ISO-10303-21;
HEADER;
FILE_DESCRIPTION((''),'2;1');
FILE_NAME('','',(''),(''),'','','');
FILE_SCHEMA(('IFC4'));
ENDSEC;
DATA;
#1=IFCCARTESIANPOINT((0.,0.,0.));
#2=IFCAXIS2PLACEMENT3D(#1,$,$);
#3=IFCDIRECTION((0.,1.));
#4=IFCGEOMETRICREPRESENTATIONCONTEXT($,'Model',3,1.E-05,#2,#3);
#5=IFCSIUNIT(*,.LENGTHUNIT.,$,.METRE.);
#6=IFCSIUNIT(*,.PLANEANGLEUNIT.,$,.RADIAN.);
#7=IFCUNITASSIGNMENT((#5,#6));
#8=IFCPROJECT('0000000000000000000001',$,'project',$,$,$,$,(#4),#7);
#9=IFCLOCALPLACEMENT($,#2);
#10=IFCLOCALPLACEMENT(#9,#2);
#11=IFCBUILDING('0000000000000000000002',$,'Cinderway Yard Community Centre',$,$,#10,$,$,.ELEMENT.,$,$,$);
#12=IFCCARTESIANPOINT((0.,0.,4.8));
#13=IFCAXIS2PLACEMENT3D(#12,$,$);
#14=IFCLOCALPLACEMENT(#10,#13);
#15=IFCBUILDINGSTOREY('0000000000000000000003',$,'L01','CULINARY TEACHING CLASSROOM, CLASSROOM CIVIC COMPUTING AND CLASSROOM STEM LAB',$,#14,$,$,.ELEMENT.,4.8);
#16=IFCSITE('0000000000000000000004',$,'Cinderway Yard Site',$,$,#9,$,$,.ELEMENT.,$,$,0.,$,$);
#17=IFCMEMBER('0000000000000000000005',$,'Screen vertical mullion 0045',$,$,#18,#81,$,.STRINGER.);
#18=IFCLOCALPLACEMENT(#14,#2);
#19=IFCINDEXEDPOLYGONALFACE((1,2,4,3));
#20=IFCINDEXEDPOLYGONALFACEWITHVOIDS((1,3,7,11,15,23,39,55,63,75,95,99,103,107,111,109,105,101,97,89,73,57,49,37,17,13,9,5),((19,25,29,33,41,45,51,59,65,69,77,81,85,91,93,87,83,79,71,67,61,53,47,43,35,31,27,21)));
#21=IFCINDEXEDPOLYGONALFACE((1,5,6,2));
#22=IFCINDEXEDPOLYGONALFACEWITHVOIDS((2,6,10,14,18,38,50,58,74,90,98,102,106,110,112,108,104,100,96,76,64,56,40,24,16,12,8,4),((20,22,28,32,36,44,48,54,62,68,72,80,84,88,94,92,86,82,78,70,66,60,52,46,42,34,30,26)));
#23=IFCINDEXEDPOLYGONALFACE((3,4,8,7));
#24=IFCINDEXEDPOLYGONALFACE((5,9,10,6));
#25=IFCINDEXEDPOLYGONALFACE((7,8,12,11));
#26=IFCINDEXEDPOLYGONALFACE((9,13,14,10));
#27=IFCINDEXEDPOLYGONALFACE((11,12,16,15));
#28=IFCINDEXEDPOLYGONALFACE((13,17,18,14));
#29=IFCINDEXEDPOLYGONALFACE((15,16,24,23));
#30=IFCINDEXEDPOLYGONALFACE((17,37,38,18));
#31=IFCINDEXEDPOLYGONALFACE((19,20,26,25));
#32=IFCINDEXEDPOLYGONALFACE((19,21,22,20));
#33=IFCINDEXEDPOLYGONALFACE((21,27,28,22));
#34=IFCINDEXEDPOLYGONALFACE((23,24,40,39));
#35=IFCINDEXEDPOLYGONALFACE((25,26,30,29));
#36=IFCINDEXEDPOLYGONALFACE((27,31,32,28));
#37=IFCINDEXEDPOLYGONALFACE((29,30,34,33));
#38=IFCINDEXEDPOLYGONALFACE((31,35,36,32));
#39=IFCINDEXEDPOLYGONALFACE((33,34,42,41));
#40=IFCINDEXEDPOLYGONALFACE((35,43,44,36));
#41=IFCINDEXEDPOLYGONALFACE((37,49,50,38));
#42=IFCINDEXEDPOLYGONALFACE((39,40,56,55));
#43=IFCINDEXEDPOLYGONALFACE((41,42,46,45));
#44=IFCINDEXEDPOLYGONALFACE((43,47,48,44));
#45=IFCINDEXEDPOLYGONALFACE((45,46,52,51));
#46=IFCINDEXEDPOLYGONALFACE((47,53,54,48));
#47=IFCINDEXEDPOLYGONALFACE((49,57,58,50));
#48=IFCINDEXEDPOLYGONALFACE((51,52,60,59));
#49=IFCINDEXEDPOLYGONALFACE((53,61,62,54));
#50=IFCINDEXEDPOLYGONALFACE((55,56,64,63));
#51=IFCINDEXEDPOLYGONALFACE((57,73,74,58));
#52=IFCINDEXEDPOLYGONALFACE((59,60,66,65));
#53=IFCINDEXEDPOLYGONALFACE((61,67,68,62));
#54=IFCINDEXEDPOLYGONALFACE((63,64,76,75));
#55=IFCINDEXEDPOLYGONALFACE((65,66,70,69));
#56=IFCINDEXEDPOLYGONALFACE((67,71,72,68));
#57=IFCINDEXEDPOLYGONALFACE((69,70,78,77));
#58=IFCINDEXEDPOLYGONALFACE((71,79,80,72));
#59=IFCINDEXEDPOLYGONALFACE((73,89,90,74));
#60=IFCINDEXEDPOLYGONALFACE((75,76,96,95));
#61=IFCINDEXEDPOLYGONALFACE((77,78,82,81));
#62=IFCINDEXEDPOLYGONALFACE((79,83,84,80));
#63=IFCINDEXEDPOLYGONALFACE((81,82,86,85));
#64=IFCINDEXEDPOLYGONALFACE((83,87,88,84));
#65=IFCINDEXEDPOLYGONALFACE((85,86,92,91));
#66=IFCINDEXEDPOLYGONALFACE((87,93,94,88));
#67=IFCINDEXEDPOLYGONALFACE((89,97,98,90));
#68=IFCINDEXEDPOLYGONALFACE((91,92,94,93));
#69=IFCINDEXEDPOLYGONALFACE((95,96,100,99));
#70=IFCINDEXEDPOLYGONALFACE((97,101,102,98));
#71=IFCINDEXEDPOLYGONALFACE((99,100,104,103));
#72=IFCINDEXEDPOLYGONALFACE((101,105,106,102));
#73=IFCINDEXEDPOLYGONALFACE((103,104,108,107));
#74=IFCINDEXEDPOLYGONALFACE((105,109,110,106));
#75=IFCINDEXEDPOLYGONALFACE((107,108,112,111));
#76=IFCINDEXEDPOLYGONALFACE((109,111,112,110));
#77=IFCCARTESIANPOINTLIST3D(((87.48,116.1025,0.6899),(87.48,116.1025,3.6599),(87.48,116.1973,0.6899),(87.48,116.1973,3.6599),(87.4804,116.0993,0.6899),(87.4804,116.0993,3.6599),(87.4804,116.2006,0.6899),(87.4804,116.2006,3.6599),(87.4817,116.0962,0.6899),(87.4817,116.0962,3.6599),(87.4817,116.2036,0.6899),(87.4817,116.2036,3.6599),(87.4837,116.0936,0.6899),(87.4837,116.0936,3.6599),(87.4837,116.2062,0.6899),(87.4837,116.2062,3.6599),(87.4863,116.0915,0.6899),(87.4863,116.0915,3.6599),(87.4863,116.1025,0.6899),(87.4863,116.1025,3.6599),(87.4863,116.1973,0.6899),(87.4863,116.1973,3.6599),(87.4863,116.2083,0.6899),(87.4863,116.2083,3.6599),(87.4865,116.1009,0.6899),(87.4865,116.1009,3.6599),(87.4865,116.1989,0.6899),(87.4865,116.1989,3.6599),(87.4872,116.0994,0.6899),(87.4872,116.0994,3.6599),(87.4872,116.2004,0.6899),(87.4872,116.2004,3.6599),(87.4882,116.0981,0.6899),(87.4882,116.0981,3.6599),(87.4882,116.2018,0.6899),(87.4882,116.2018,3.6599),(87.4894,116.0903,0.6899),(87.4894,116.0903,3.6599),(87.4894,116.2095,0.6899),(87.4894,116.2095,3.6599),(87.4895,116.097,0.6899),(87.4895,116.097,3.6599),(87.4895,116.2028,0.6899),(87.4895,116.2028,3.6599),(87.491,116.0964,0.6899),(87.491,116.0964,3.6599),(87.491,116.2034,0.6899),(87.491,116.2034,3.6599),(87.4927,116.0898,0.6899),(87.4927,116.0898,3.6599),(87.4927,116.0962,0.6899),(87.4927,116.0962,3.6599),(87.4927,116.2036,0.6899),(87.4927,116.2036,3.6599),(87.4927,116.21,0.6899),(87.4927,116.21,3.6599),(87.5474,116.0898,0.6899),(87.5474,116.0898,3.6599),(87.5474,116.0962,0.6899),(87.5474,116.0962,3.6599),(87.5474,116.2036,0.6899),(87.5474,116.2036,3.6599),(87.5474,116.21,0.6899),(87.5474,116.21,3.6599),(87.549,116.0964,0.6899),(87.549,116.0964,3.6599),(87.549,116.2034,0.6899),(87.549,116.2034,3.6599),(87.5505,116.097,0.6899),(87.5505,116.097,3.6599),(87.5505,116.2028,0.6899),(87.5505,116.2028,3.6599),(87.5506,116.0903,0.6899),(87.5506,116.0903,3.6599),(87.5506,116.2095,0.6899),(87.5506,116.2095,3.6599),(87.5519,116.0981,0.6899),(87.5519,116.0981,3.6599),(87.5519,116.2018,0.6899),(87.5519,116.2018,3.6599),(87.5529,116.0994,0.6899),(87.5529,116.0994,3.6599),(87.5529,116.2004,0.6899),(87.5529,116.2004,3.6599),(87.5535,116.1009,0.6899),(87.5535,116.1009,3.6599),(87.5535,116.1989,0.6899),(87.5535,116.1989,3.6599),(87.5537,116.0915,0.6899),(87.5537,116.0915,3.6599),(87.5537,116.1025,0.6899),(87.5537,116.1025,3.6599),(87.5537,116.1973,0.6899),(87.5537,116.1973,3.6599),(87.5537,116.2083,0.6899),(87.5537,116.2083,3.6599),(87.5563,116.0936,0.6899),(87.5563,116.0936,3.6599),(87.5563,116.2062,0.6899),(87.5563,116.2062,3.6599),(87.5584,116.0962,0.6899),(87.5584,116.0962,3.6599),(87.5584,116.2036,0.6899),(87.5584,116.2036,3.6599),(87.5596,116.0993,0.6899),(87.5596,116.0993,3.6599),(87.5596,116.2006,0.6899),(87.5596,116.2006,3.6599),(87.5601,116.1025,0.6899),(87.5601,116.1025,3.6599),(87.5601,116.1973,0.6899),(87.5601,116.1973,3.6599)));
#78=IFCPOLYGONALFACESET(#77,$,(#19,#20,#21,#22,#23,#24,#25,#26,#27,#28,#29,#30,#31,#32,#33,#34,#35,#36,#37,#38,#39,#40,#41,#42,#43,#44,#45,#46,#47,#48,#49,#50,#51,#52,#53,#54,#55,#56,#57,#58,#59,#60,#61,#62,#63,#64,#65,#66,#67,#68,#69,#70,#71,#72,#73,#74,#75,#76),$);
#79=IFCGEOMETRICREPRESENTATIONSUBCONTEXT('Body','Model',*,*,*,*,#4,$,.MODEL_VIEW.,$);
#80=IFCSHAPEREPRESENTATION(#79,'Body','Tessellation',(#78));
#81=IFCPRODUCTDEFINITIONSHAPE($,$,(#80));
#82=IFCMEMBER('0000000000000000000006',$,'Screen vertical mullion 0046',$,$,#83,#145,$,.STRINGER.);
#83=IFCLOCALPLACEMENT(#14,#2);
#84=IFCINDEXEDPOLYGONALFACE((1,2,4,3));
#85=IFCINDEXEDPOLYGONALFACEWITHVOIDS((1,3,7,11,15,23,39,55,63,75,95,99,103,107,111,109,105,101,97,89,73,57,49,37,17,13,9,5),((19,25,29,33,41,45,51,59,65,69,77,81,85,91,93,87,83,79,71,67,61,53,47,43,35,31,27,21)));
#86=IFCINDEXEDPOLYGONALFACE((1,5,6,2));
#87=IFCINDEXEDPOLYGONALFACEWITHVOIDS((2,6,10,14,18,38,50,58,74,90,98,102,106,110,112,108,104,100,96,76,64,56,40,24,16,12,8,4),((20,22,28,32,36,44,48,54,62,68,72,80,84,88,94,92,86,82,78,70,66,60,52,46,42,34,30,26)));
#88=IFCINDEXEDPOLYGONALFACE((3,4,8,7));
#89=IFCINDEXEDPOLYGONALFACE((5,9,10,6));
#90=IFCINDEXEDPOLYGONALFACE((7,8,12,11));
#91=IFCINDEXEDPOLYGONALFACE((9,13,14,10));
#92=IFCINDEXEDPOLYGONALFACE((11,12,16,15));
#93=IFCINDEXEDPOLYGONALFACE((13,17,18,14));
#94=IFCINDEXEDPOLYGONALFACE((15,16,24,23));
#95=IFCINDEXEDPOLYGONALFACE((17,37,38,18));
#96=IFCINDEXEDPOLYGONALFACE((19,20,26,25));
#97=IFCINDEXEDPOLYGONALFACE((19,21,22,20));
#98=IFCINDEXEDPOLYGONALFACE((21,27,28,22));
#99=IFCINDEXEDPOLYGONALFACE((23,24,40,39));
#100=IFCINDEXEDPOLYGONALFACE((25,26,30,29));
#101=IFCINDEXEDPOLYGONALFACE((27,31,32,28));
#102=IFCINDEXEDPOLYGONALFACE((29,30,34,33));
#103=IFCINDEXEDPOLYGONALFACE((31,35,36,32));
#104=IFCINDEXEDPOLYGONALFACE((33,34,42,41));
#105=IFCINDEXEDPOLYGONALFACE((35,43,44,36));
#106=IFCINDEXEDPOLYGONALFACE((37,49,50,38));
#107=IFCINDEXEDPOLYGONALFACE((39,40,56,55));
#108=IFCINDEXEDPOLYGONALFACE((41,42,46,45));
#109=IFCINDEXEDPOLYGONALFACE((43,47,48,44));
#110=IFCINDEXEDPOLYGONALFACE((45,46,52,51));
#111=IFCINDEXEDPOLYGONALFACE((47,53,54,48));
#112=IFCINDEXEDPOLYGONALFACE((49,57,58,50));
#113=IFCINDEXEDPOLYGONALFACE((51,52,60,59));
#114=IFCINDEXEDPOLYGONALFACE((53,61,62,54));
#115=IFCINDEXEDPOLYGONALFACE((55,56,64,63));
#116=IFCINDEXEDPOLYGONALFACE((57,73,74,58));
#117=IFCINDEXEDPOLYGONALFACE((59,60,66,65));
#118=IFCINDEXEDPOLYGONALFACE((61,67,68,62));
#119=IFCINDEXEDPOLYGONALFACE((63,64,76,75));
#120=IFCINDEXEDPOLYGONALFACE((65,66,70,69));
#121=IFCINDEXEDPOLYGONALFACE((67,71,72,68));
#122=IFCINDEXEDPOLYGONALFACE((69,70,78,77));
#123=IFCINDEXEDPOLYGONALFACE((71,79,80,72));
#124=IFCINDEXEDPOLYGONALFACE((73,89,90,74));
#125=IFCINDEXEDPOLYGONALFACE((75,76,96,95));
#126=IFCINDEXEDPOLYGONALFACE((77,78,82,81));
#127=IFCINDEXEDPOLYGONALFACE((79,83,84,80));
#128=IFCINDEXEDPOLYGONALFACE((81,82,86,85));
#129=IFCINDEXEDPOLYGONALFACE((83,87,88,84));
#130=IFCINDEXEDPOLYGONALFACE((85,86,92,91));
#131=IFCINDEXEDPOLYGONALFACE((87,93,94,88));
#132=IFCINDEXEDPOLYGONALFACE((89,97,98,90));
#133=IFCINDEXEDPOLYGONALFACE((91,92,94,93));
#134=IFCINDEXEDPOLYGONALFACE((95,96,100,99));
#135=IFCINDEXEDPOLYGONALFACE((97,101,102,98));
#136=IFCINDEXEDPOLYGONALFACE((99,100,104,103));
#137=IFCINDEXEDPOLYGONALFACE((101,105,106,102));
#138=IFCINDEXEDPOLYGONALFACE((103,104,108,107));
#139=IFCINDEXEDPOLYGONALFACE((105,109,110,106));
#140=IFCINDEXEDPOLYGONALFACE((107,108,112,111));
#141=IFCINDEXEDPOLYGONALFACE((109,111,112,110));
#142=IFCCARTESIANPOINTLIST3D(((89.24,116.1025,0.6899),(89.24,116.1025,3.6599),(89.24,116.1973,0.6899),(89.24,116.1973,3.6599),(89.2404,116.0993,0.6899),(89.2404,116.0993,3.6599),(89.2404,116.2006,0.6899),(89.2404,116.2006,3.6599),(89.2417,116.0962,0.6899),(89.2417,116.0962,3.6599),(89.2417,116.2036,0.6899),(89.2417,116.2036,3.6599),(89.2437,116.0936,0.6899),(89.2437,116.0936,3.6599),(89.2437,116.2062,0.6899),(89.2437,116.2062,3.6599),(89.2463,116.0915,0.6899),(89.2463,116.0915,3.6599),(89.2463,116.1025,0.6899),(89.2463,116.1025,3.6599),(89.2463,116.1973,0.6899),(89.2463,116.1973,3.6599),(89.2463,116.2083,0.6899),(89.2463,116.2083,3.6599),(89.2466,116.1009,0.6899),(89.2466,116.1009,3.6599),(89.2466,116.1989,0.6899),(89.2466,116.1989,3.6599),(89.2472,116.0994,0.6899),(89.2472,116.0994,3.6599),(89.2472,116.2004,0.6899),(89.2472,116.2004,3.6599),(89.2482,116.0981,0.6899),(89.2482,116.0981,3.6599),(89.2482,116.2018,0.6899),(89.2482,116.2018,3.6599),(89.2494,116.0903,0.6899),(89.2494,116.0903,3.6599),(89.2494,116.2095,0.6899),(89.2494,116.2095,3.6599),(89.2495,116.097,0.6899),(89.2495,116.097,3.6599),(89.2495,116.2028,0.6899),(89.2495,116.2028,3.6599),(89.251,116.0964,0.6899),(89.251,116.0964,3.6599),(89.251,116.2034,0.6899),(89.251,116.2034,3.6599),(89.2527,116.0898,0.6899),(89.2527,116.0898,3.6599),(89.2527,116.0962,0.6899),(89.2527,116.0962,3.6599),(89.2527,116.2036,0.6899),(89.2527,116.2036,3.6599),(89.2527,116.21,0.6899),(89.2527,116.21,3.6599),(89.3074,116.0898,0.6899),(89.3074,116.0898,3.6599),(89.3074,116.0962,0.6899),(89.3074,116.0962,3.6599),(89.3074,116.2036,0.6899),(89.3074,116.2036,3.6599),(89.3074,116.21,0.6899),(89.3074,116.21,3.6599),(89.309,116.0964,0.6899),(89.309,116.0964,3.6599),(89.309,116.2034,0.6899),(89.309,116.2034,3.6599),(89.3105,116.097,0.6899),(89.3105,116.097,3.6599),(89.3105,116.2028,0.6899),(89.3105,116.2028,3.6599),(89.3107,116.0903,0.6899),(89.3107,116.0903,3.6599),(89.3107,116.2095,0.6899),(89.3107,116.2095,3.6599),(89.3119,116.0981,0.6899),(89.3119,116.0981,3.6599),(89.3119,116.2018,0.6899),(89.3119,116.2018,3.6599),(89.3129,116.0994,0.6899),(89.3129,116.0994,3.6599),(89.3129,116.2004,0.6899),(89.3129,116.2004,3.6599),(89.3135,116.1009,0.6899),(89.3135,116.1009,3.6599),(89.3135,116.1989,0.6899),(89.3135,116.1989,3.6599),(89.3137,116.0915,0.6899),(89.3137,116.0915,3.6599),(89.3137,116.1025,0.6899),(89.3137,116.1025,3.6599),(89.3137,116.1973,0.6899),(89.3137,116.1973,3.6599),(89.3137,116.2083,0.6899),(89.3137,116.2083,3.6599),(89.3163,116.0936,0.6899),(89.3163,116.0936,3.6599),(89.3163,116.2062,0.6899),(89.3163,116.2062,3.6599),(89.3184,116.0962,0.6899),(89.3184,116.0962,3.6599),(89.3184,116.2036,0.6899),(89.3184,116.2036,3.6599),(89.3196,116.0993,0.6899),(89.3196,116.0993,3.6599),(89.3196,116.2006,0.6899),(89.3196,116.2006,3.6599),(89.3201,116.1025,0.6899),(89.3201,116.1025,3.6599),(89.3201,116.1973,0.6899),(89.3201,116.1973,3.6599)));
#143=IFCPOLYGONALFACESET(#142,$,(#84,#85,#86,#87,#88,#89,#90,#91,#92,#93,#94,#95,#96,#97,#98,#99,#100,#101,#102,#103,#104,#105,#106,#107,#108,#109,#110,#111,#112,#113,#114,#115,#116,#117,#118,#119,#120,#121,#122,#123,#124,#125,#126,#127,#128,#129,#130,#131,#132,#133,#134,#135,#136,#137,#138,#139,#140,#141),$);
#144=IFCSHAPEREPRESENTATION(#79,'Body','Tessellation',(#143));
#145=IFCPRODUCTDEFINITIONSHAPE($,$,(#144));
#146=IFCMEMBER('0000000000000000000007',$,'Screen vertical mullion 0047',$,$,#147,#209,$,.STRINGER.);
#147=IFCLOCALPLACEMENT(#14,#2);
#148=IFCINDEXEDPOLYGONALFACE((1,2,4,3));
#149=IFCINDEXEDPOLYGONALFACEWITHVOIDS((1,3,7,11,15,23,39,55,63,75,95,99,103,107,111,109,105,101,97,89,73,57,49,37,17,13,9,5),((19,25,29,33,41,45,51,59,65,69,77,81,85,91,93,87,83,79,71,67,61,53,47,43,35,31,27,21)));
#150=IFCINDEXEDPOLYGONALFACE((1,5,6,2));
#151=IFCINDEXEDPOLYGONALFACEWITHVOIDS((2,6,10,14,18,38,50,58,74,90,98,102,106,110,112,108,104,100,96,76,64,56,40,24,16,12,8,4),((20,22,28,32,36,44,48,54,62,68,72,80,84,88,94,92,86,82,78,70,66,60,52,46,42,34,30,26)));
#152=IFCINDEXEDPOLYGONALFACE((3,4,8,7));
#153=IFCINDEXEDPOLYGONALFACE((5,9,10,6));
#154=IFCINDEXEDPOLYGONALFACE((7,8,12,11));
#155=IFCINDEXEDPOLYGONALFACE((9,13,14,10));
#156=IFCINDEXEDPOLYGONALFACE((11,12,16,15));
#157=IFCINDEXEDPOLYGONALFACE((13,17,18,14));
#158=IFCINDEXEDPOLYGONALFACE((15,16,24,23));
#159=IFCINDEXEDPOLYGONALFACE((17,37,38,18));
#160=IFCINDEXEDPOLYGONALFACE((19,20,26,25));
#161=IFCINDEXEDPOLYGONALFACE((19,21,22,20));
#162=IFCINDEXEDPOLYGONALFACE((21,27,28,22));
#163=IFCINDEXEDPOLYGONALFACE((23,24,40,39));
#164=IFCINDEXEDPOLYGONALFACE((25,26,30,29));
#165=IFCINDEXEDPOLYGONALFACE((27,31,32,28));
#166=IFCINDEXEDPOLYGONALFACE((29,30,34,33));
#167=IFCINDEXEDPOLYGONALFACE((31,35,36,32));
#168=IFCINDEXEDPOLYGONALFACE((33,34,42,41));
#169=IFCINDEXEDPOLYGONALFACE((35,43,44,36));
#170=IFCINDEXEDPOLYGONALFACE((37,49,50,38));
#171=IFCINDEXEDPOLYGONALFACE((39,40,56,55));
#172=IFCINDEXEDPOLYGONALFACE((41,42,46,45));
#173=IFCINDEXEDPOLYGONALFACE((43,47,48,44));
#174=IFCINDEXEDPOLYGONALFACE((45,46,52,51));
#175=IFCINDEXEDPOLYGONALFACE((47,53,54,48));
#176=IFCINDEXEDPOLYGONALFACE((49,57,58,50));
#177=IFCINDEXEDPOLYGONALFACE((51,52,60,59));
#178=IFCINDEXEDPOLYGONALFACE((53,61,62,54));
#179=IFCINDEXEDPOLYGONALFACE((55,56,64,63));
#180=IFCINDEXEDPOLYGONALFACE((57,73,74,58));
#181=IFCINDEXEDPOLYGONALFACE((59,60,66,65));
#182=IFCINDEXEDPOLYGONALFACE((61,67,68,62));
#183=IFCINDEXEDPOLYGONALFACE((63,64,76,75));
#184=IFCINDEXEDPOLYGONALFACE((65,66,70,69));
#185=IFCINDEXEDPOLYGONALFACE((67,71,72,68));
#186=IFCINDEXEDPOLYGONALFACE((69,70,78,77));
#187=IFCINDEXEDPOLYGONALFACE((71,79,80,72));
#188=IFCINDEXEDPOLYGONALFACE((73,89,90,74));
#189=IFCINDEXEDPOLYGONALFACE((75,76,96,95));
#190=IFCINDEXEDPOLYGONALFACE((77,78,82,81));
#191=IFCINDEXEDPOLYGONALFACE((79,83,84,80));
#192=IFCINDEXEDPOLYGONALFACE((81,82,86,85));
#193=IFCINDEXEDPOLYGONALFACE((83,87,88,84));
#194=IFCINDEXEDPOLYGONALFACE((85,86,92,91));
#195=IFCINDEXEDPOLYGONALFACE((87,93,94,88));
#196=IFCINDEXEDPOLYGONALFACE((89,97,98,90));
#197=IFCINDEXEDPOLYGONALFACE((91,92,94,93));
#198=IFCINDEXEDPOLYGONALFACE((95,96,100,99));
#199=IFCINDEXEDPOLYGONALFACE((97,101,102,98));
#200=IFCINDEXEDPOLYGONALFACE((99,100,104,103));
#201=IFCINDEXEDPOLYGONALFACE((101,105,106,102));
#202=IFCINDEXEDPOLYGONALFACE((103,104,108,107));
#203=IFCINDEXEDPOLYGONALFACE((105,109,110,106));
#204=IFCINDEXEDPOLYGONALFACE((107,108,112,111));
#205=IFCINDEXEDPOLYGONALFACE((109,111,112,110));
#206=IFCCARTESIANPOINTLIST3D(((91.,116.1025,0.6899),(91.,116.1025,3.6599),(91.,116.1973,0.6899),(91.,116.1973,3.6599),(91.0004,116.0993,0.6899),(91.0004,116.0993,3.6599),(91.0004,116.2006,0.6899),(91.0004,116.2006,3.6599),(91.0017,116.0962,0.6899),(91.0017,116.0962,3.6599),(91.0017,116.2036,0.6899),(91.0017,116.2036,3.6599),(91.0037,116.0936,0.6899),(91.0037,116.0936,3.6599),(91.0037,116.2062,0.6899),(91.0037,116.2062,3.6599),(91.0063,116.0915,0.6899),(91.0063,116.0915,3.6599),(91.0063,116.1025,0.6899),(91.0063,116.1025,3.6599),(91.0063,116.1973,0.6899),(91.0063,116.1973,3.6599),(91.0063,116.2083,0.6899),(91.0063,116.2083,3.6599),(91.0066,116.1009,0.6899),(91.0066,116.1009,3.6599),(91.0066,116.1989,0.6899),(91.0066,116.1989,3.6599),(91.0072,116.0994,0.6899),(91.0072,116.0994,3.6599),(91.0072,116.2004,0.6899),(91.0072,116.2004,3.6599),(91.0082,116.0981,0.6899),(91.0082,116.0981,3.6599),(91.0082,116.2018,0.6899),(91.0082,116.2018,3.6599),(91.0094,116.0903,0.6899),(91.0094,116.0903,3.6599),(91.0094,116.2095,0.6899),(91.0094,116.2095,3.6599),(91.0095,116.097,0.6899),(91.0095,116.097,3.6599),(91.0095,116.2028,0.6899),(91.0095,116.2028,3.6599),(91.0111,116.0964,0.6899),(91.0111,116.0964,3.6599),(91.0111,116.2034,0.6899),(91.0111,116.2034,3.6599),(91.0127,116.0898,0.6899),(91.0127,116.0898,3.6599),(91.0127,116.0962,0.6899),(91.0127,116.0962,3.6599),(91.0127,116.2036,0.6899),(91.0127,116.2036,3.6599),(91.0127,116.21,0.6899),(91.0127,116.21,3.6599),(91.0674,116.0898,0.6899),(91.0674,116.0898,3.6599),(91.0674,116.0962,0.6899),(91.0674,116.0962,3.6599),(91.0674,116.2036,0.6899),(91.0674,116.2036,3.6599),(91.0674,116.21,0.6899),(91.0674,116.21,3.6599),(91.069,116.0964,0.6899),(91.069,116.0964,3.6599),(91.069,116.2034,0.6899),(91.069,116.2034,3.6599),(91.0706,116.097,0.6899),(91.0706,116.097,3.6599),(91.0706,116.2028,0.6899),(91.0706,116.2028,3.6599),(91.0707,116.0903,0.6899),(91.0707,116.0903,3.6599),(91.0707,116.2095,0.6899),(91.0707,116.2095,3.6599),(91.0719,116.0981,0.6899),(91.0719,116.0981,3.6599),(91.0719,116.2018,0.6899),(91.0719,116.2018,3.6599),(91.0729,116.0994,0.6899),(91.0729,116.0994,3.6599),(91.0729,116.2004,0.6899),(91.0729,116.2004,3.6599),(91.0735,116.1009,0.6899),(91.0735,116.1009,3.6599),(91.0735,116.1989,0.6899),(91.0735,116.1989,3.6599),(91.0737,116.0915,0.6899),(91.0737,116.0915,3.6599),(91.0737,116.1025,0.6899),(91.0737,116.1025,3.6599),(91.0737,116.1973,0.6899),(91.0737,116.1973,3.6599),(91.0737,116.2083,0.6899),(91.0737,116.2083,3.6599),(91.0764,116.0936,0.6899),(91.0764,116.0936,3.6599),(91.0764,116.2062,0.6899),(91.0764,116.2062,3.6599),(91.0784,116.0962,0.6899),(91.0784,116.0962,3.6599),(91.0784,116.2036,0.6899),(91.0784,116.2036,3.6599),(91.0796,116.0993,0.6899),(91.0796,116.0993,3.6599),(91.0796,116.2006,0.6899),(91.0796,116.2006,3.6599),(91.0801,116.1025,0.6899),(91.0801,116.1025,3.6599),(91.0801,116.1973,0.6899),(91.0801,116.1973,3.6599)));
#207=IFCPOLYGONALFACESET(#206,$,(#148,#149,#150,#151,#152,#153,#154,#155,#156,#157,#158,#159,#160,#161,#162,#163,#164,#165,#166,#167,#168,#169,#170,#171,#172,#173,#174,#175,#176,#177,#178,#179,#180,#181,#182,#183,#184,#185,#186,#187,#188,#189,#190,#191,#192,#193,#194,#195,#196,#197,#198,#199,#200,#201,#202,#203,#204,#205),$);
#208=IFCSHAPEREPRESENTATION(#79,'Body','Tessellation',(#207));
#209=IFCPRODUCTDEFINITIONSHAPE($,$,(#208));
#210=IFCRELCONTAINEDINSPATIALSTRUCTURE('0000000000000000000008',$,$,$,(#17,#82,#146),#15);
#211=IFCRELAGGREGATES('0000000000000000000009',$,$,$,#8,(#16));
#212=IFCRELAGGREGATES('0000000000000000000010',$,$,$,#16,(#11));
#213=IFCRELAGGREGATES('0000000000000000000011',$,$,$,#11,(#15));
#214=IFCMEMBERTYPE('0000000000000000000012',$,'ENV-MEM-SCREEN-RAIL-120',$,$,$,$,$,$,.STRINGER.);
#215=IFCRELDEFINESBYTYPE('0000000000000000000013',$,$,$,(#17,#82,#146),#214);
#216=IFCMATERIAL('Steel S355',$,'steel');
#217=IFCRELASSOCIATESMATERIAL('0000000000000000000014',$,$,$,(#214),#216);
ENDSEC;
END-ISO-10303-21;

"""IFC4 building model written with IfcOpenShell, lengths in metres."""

from ifc_helpers import new_model, si_unit, direction, frame, origin, origin_2d, place, context, subcontext, project, spatial, hollow_rectangle, extrude, material, material_profile, profile_set, type_object, element, save


model = new_model("IFC4")

# Units and contexts
model_context = context("Model", 3, precision=1e-05, world=origin(), true_north=direction((0.0, 1.0)))
body_context = subcontext(model_context, "Body", "Model", "MODEL_VIEW")
ifc_project = project(units=[si_unit("LENGTHUNIT", "METRE"), si_unit("PLANEANGLEUNIT", "RADIAN")], contexts=[model_context])

# Site, building, storey
site_placement = place(None, origin())
site = spatial("IfcSite", under=ifc_project, at=site_placement, Name="Cinderway Yard Site", CompositionType="ELEMENT", RefElevation=0.0)
building_placement = place(site_placement, origin())
building = spatial("IfcBuilding", under=site, at=building_placement, Name="Cinderway Yard Community Centre", CompositionType="ELEMENT")
storey_placement = place(building_placement, frame((0.0, 0.0, 4.8)))
storey = spatial("IfcBuildingStorey", under=building, at=storey_placement, Name="L01", Description="CULINARY TEACHING CLASSROOM, CLASSROOM CIVIC COMPUTING AND CLASSROOM STEM LAB", CompositionType="ELEMENT", Elevation=4.8)

# Members
ifc_material_1 = material(Name="Steel S355", Category="steel")
ifc_material_profile_1 = material_profile(ifc_material_1, hollow_rectangle(XDim=0.0801, YDim=0.1201, WallThickness=0.0063, InnerFilletRadius=0.0063, OuterFilletRadius=0.0127, at=origin_2d()), Name="Steel S355")
ifc_profile_set_1 = profile_set([ifc_material_profile_1], Name="Steel S355")
member_type_1 = type_object("IfcMemberType", Name="ENV-MEM-SCREEN-RAIL-120", PredefinedType="STRINGER", material=ifc_profile_set_1)
for number, where, z_axis, x_axis, name in (
    (1, (87.52, 116.1499, 0.6899), (0.0, 0.0, 1.0), (1.0, 0.0, 0.0), "Screen vertical mullion 0045"),
    (2, (89.28, 116.1499, 0.6899), (0.0, 0.0, 1.0), (1.0, 0.0, 0.0), "Screen vertical mullion 0046"),
    (3, (91.04, 116.1499, 0.6899), (0.0, 0.0, 1.0), (1.0, 0.0, 0.0), "Screen vertical mullion 0047"),
):
    element("IfcMember", number, at=place(storey_placement, frame(where, z_axis=z_axis, x_axis=x_axis)), inside=storey, type_object=member_type_1, Name=name, PredefinedType="STRINGER", context=body_context, shape_type="SweptSolid", body=[
        extrude(hollow_rectangle(XDim=0.0801, YDim=0.1201, WallThickness=0.0063, InnerFilletRadius=0.0063, OuterFilletRadius=0.0127, at=origin_2d()), origin(), (0.0, 0.0, 1.0), 2.97),
    ])

save(model, "model.ifc")
